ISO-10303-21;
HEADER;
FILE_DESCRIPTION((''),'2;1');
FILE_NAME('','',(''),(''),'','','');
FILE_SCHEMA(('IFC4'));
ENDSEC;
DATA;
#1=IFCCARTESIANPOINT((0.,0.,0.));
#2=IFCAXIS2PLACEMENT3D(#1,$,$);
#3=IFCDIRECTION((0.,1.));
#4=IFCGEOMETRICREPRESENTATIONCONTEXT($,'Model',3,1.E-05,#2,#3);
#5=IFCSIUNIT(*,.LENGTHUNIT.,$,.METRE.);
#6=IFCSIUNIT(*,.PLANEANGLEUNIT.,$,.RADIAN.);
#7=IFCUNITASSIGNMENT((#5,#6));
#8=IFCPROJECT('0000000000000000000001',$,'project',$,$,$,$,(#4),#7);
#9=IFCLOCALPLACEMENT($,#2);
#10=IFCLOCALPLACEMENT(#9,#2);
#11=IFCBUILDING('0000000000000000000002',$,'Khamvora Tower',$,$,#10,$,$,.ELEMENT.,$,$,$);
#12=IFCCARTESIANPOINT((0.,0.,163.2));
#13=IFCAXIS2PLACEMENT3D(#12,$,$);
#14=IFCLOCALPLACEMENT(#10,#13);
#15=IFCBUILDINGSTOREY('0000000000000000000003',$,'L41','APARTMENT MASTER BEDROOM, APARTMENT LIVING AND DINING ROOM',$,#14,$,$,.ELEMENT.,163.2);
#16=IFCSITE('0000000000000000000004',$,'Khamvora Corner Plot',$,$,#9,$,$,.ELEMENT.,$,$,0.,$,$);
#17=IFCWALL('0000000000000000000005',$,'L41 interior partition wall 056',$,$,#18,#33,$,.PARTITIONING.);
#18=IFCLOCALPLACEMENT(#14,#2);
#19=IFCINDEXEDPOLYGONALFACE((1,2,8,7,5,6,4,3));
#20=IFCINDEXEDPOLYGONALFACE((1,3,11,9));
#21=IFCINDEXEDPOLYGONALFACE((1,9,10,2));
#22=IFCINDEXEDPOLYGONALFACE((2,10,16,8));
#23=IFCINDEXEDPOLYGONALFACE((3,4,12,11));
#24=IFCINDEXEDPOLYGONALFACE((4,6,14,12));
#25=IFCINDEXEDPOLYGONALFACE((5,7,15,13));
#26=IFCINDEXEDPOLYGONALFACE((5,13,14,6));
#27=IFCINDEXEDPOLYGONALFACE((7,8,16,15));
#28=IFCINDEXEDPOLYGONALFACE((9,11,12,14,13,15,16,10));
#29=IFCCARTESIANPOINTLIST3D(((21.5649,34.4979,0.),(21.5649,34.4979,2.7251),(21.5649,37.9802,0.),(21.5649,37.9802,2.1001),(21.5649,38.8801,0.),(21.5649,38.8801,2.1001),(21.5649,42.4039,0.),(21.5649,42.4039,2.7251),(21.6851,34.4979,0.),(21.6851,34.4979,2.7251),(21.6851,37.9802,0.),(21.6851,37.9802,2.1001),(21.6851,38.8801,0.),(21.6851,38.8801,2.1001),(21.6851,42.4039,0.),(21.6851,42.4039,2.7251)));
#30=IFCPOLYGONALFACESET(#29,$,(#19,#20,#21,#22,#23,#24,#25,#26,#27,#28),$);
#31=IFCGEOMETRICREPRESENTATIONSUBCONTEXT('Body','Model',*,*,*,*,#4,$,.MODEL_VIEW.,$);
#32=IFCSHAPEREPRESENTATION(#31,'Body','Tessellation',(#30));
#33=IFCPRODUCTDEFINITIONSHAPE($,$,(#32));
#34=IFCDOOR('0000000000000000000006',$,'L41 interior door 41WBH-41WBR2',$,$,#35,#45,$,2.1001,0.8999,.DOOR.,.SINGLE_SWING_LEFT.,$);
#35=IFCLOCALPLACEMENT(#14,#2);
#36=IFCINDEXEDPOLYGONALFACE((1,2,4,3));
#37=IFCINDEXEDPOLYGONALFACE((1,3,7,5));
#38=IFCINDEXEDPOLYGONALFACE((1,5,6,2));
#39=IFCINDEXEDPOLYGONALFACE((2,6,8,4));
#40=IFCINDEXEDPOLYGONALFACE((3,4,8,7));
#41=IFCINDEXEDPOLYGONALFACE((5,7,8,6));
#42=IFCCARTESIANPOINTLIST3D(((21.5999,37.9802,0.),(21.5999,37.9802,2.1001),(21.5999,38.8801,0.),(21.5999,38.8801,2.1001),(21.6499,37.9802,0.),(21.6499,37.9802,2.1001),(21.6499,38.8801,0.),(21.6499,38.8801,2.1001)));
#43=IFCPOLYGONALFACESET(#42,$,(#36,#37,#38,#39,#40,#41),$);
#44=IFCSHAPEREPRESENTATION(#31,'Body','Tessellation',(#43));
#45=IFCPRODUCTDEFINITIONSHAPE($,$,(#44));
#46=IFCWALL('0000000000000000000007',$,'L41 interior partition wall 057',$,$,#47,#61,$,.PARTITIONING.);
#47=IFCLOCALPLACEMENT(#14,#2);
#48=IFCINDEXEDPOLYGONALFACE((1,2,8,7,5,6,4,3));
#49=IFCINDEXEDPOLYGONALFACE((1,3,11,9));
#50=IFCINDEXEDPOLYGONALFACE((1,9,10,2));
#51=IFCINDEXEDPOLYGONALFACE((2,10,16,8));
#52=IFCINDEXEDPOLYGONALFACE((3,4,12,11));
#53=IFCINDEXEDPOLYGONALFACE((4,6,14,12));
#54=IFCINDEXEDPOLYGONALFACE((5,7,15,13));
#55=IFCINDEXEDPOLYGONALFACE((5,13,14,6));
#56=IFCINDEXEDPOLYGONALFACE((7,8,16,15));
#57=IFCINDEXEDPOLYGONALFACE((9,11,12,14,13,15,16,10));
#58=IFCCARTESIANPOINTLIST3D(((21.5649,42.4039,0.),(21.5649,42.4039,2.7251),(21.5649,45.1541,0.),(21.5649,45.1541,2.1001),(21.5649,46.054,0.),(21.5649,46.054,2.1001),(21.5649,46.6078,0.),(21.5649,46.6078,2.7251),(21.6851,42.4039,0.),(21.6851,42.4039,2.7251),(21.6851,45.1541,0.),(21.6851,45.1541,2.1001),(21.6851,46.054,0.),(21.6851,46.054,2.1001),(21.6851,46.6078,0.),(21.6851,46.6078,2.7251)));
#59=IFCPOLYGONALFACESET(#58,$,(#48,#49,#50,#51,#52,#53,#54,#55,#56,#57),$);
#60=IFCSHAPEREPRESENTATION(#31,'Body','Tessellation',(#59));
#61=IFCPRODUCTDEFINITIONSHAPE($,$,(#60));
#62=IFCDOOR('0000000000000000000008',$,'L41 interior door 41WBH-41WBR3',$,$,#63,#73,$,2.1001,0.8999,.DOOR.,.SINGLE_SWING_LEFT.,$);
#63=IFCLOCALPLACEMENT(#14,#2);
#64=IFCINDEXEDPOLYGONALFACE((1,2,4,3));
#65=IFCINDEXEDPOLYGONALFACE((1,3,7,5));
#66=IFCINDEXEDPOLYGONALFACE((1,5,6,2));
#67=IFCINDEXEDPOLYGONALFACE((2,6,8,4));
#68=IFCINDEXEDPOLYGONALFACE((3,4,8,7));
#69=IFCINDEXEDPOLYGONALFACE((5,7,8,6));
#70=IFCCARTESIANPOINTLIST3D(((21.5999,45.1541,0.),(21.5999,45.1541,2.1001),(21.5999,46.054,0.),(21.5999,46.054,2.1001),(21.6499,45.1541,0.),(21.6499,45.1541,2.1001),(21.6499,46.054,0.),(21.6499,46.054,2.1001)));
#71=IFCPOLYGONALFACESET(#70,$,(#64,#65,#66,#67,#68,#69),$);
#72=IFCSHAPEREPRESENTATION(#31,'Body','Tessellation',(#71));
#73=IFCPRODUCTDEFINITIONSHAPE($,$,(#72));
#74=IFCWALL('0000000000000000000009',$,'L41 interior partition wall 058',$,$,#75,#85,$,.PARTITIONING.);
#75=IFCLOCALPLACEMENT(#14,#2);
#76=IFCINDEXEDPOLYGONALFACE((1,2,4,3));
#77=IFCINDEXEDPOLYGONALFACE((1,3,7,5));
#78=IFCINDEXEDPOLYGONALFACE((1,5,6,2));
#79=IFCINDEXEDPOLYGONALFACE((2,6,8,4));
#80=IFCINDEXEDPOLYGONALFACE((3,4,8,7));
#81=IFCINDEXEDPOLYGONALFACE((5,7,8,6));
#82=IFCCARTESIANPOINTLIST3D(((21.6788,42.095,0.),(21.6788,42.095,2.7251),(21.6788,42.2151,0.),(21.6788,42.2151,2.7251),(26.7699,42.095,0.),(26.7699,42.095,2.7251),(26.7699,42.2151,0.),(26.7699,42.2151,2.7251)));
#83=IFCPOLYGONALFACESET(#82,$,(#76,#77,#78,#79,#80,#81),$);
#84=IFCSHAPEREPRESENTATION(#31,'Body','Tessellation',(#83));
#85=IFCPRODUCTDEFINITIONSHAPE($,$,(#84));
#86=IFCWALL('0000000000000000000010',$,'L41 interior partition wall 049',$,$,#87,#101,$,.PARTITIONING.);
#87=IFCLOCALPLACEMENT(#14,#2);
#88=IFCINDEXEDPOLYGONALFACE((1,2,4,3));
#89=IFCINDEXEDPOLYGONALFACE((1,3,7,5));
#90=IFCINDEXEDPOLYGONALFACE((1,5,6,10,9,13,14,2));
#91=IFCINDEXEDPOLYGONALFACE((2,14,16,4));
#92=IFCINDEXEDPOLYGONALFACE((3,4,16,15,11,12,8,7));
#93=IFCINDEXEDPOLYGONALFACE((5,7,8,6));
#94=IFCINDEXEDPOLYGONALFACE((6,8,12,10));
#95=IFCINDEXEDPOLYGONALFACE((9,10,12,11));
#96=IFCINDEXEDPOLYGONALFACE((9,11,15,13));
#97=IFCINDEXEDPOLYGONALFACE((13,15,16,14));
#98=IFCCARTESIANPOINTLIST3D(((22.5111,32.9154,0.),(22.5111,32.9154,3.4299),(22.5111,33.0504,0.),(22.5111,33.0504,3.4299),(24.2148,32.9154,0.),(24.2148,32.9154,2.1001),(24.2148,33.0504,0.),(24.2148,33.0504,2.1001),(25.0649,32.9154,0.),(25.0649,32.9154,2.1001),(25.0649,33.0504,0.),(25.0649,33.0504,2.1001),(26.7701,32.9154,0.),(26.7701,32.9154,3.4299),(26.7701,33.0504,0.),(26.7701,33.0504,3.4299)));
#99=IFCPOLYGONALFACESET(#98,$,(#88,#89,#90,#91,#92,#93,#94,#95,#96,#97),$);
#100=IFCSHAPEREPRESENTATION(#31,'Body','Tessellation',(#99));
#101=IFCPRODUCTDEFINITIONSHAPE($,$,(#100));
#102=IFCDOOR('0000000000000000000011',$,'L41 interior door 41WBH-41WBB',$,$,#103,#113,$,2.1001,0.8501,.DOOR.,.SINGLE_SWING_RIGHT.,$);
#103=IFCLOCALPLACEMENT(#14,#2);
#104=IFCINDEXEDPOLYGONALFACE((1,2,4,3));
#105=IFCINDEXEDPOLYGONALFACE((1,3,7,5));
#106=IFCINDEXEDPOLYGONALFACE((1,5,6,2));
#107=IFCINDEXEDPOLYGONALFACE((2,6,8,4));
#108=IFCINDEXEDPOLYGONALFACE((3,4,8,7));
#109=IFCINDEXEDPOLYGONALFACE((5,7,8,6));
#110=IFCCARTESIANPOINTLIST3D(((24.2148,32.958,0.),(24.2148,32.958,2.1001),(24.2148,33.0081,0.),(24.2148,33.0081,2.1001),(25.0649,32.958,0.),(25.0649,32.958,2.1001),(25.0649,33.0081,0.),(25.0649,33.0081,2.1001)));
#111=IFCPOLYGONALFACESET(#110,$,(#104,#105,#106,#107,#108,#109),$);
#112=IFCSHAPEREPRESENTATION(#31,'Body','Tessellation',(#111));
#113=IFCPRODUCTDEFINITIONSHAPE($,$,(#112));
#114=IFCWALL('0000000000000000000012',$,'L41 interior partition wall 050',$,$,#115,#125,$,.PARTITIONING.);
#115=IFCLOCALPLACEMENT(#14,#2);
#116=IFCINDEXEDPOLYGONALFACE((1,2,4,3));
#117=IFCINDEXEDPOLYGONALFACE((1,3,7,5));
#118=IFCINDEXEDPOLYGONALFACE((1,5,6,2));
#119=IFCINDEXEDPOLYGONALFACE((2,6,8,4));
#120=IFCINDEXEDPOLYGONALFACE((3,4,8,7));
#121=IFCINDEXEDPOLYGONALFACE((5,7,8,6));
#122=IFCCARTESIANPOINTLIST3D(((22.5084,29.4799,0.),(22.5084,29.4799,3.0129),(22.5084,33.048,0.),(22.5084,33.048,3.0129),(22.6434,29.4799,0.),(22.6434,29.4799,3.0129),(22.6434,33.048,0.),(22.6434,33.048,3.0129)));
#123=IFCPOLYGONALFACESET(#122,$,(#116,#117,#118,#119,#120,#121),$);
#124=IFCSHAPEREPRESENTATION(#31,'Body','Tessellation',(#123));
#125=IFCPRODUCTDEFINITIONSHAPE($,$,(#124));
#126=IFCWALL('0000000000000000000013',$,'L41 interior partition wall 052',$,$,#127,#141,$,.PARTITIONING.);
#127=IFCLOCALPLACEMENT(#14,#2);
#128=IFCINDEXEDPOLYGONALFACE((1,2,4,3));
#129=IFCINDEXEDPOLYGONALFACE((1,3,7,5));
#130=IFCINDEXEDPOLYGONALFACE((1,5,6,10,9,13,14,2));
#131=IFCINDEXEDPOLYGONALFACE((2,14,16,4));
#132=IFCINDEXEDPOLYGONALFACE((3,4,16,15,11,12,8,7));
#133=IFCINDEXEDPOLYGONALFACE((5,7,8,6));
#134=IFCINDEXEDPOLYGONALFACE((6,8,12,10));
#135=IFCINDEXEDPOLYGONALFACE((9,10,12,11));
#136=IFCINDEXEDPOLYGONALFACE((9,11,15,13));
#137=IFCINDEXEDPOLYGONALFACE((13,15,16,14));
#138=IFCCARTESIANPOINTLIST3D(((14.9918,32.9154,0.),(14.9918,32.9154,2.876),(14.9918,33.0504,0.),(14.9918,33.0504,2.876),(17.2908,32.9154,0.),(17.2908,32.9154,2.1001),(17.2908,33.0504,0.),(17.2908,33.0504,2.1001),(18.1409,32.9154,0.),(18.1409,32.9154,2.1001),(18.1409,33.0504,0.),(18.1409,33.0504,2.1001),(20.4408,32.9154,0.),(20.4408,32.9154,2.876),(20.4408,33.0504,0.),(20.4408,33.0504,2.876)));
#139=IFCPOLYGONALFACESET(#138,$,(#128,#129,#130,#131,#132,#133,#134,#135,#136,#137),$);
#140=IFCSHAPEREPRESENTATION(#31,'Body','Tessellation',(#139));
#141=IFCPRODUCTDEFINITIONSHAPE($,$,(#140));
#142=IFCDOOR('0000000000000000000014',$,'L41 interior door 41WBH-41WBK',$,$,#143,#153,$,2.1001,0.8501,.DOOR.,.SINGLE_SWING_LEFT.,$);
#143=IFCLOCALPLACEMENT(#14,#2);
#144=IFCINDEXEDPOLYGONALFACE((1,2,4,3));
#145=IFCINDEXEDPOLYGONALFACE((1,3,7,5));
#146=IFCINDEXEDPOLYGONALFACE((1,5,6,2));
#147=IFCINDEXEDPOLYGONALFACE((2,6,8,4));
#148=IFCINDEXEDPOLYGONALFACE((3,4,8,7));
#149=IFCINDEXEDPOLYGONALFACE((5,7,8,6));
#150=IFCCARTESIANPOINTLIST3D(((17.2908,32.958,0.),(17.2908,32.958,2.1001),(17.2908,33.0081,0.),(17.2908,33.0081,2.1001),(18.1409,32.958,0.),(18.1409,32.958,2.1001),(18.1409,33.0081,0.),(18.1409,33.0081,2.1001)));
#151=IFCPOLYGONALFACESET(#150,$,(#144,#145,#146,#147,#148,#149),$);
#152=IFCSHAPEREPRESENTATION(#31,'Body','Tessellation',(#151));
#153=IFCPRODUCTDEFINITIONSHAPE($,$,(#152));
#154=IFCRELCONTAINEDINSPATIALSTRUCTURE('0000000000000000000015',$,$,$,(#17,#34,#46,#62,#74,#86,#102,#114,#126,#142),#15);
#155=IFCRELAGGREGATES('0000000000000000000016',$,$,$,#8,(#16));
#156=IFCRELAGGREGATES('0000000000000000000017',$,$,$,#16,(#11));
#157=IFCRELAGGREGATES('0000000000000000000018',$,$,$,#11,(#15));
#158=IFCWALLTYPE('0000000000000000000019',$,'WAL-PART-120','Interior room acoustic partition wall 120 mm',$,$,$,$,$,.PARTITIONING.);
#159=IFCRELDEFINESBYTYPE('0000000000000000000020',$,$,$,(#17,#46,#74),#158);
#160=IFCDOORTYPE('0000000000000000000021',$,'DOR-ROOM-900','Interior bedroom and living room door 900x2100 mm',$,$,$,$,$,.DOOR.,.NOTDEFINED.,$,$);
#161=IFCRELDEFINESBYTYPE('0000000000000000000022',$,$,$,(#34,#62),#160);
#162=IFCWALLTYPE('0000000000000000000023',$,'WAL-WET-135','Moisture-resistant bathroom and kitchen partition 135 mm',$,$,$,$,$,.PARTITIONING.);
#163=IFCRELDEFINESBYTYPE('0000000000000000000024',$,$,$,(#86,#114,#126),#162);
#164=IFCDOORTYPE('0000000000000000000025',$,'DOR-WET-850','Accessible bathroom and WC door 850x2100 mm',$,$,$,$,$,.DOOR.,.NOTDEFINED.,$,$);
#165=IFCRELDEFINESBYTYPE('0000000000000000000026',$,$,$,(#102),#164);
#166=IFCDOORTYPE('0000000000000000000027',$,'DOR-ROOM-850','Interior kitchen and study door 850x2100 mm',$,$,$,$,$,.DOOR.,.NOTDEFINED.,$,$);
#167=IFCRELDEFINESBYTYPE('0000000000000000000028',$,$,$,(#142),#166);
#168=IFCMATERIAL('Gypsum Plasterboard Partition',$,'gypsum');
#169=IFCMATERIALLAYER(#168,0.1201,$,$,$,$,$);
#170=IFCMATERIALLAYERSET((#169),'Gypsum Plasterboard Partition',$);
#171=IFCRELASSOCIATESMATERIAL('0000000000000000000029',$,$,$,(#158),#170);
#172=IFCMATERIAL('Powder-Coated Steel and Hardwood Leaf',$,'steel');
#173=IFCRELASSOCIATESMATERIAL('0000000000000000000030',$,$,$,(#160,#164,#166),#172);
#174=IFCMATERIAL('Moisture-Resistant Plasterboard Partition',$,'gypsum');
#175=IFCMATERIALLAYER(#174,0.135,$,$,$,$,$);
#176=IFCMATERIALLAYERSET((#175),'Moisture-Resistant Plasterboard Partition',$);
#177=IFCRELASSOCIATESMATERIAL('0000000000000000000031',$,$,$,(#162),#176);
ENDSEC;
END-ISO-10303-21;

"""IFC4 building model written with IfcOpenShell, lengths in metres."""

from ifc_helpers import new_model, si_unit, direction, frame, frame_2d, origin, place, context, subcontext, project, spatial, rectangle, extrude, material, layer, layer_set, type_object, element, fill, save


model = new_model("IFC4")

# Units and contexts
model_context = context("Model", 3, precision=1e-05, world=origin(), true_north=direction((0.0, 1.0)))
body_context = subcontext(model_context, "Body", "Model", "MODEL_VIEW")
ifc_project = project(units=[si_unit("LENGTHUNIT", "METRE"), si_unit("PLANEANGLEUNIT", "RADIAN")], contexts=[model_context])

# Site, building, storey
site_placement = place(None, origin())
site = spatial("IfcSite", under=ifc_project, at=site_placement, Name="Khamvora Corner Plot", CompositionType="ELEMENT", RefElevation=0.0)
building_placement = place(site_placement, origin())
building = spatial("IfcBuilding", under=site, at=building_placement, Name="Khamvora Tower", CompositionType="ELEMENT")
storey_placement = place(building_placement, frame((0.0, 0.0, 163.2)))
storey = spatial("IfcBuildingStorey", under=building, at=storey_placement, Name="L41", Description="APARTMENT MASTER BEDROOM, APARTMENT LIVING AND DINING ROOM", CompositionType="ELEMENT", Elevation=163.2)

# Shared definitions
ifc_material_1 = material(Name="Gypsum Plasterboard Partition", Category="gypsum")
ifc_layer_1 = layer(ifc_material_1, 0.1201)
ifc_layer_set_1 = layer_set([ifc_layer_1], Name="Gypsum Plasterboard Partition")
wall_type_1 = type_object("IfcWallType", Name="WAL-PART-120", Description="Interior room acoustic partition wall 120 mm", PredefinedType="PARTITIONING", material=ifc_layer_set_1)

# Shared definitions
ifc_material_2 = material(Name="Powder-Coated Steel and Hardwood Leaf", Category="steel")
door_type_1 = type_object("IfcDoorType", Name="DOR-ROOM-900", Description="Interior bedroom and living room door 900x2100 mm", OperationType="NOTDEFINED", PredefinedType="DOOR", material=ifc_material_2)

# Walls, openings, doors
wall_1_placement = place(storey_placement, frame((21.625, 42.4041, 0.0), z_axis=(0.0, 0.0, 1.0), x_axis=(0.0, -1.0, 0.0)))
wall_1 = element("IfcWall", 1, at=wall_1_placement, inside=storey, type_object=wall_type_1, Name="L41 interior partition wall 056", PredefinedType="PARTITIONING", context=body_context, shape_type="SweptSolid", body=[
    extrude(rectangle(XDim=7.906, YDim=0.1201, at=frame_2d((3.9531, 0.0))), origin(), (0.0, 0.0, 1.0), 2.7251),
])
opening_1_placement = place(wall_1_placement, frame((3.5239, 0.0, 0.0)))
opening_1 = element("IfcOpeningElement", 2, at=opening_1_placement, cuts=wall_1, PredefinedType="OPENING", context=body_context, shape_type="SweptSolid", body=[
    extrude(rectangle(XDim=0.8999, YDim=2.1001, at=frame_2d((0.45, 1.05))), frame((0.0, 0.0701, 0.0), z_axis=(0.0, -1.0, 0.0), x_axis=(1.0, 0.0, 0.0)), (0.0, 0.0, 1.0), 0.1401),
])
door_1_placement = place(opening_1_placement, origin())
door_1 = element("IfcDoor", 3, at=door_1_placement, inside=storey, type_object=door_type_1, Name="L41 interior door 41WBH-41WBR2", OperationType="SINGLE_SWING_LEFT", OverallHeight=2.1001, OverallWidth=0.8999, PredefinedType="DOOR", context=body_context, shape_type="SweptSolid", body=[
    extrude(rectangle(XDim=0.8999, YDim=2.1001, at=frame_2d((0.45, 1.05))), frame((0.0, 0.0249, 0.0), z_axis=(0.0, -1.0, 0.0), x_axis=(1.0, 0.0, 0.0)), (0.0, 0.0, 1.0), 0.05),
])
fill(opening_1, door_1)
wall_2_placement = place(storey_placement, frame((21.625, 46.6079, 0.0), z_axis=(0.0, 0.0, 1.0), x_axis=(0.0, -1.0, 0.0)))
wall_2 = element("IfcWall", 4, at=wall_2_placement, inside=storey, type_object=wall_type_1, Name="L41 interior partition wall 057", PredefinedType="PARTITIONING", context=body_context, shape_type="SweptSolid", body=[
    extrude(rectangle(XDim=4.2039, YDim=0.1201, at=frame_2d((2.1021, 0.0))), origin(), (0.0, 0.0, 1.0), 2.7251),
])
opening_2_placement = place(wall_2_placement, frame((0.554, 0.0, 0.0)))
opening_2 = element("IfcOpeningElement", 5, at=opening_2_placement, cuts=wall_2, PredefinedType="OPENING", context=body_context, shape_type="SweptSolid", body=[
    extrude(rectangle(XDim=0.8999, YDim=2.1001, at=frame_2d((0.45, 1.05))), frame((0.0, 0.0701, 0.0), z_axis=(0.0, -1.0, 0.0), x_axis=(1.0, 0.0, 0.0)), (0.0, 0.0, 1.0), 0.1401),
])
door_2_placement = place(opening_2_placement, origin())
door_2 = element("IfcDoor", 6, at=door_2_placement, inside=storey, type_object=door_type_1, Name="L41 interior door 41WBH-41WBR3", OperationType="SINGLE_SWING_LEFT", OverallHeight=2.1001, OverallWidth=0.8999, PredefinedType="DOOR", context=body_context, shape_type="SweptSolid", body=[
    extrude(rectangle(XDim=0.8999, YDim=2.1001, at=frame_2d((0.45, 1.05))), frame((0.0, 0.0249, 0.0), z_axis=(0.0, -1.0, 0.0), x_axis=(1.0, 0.0, 0.0)), (0.0, 0.0, 1.0), 0.05),
])
fill(opening_2, door_2)

# Wall
wall_3_placement = place(storey_placement, frame((21.679, 42.155, 0.0), z_axis=(0.0, 0.0, 1.0), x_axis=(1.0, 0.0, 0.0)))
element("IfcWall", 7, at=wall_3_placement, inside=storey, type_object=wall_type_1, Name="L41 interior partition wall 058", PredefinedType="PARTITIONING", context=body_context, shape_type="SweptSolid", body=[
    extrude(rectangle(XDim=5.0911, YDim=0.1201, at=frame_2d((2.5454, 0.0))), origin(), (0.0, 0.0, 1.0), 2.7251),
])

# Wall, opening, door
ifc_material_3 = material(Name="Moisture-Resistant Plasterboard Partition", Category="gypsum")
ifc_layer_2 = layer(ifc_material_3, 0.135)
ifc_layer_set_2 = layer_set([ifc_layer_2], Name="Moisture-Resistant Plasterboard Partition")
wall_type_2 = type_object("IfcWallType", Name="WAL-WET-135", Description="Moisture-resistant bathroom and kitchen partition 135 mm", PredefinedType="PARTITIONING", material=ifc_layer_set_2)
wall_4_placement = place(storey_placement, frame((26.77, 32.9829, 0.0), z_axis=(0.0, 0.0, 1.0), x_axis=(-1.0, 0.0, 0.0)))
wall_4 = element("IfcWall", 8, at=wall_4_placement, inside=storey, type_object=wall_type_2, Name="L41 interior partition wall 049", PredefinedType="PARTITIONING", context=body_context, shape_type="SweptSolid", body=[
    extrude(rectangle(XDim=4.259, YDim=0.135, at=frame_2d((2.1294, 0.0))), origin(), (0.0, 0.0, 1.0), 3.4299),
])
opening_3_placement = place(wall_4_placement, frame((1.7051, 0.0, 0.0)))
opening_3 = element("IfcOpeningElement", 9, at=opening_3_placement, cuts=wall_4, PredefinedType="OPENING", context=body_context, shape_type="SweptSolid", body=[
    extrude(rectangle(XDim=0.8501, YDim=2.1001, at=frame_2d((0.425, 1.05))), frame((0.0, 0.0774, 0.0), z_axis=(0.0, -1.0, 0.0), x_axis=(1.0, 0.0, 0.0)), (0.0, 0.0, 1.0), 0.155),
])
door_type_2 = type_object("IfcDoorType", Name="DOR-WET-850", Description="Accessible bathroom and WC door 850x2100 mm", OperationType="NOTDEFINED", PredefinedType="DOOR", material=ifc_material_2)
door_3_placement = place(opening_3_placement, origin())
door_3 = element("IfcDoor", 10, at=door_3_placement, inside=storey, type_object=door_type_2, Name="L41 interior door 41WBH-41WBB", OperationType="SINGLE_SWING_RIGHT", OverallHeight=2.1001, OverallWidth=0.8501, PredefinedType="DOOR", context=body_context, shape_type="SweptSolid", body=[
    extrude(rectangle(XDim=0.8501, YDim=2.1001, at=frame_2d((0.425, 1.05))), frame((0.0, 0.0249, 0.0), z_axis=(0.0, -1.0, 0.0), x_axis=(1.0, 0.0, 0.0)), (0.0, 0.0, 1.0), 0.05),
])
fill(opening_3, door_3)

# Wall
wall_5_placement = place(storey_placement, frame((22.5759, 33.0481, 0.0), z_axis=(0.0, 0.0, 1.0), x_axis=(0.0, -1.0, 0.0)))
element("IfcWall", 11, at=wall_5_placement, inside=storey, type_object=wall_type_2, Name="L41 interior partition wall 050", PredefinedType="PARTITIONING", context=body_context, shape_type="SweptSolid", body=[
    extrude(rectangle(XDim=3.5681, YDim=0.135, at=frame_2d((1.7842, 0.0))), origin(), (0.0, 0.0, 1.0), 3.0129),
])

# Wall, opening, door
wall_6_placement = place(storey_placement, frame((20.4409, 32.9829, 0.0), z_axis=(0.0, 0.0, 1.0), x_axis=(-1.0, 0.0, 0.0)))
wall_6 = element("IfcWall", 12, at=wall_6_placement, inside=storey, type_object=wall_type_2, Name="L41 interior partition wall 052", PredefinedType="PARTITIONING", context=body_context, shape_type="SweptSolid", body=[
    extrude(rectangle(XDim=5.449, YDim=0.135, at=frame_2d((2.7246, 0.0))), origin(), (0.0, 0.0, 1.0), 2.876),
])
opening_4_placement = place(wall_6_placement, frame((2.3, 0.0, 0.0)))
opening_4 = element("IfcOpeningElement", 13, at=opening_4_placement, cuts=wall_6, PredefinedType="OPENING", context=body_context, shape_type="SweptSolid", body=[
    extrude(rectangle(XDim=0.8501, YDim=2.1001, at=frame_2d((0.425, 1.05))), frame((0.0, 0.0774, 0.0), z_axis=(0.0, -1.0, 0.0), x_axis=(1.0, 0.0, 0.0)), (0.0, 0.0, 1.0), 0.155),
])
door_type_3 = type_object("IfcDoorType", Name="DOR-ROOM-850", Description="Interior kitchen and study door 850x2100 mm", OperationType="NOTDEFINED", PredefinedType="DOOR", material=ifc_material_2)
door_4_placement = place(opening_4_placement, origin())
door_4 = element("IfcDoor", 14, at=door_4_placement, inside=storey, type_object=door_type_3, Name="L41 interior door 41WBH-41WBK", OperationType="SINGLE_SWING_LEFT", OverallHeight=2.1001, OverallWidth=0.8501, PredefinedType="DOOR", context=body_context, shape_type="SweptSolid", body=[
    extrude(rectangle(XDim=0.8501, YDim=2.1001, at=frame_2d((0.425, 1.05))), frame((0.0, 0.0249, 0.0), z_axis=(0.0, -1.0, 0.0), x_axis=(1.0, 0.0, 0.0)), (0.0, 0.0, 1.0), 0.05),
])
fill(opening_4, door_4)

save(model, "model.ifc")
